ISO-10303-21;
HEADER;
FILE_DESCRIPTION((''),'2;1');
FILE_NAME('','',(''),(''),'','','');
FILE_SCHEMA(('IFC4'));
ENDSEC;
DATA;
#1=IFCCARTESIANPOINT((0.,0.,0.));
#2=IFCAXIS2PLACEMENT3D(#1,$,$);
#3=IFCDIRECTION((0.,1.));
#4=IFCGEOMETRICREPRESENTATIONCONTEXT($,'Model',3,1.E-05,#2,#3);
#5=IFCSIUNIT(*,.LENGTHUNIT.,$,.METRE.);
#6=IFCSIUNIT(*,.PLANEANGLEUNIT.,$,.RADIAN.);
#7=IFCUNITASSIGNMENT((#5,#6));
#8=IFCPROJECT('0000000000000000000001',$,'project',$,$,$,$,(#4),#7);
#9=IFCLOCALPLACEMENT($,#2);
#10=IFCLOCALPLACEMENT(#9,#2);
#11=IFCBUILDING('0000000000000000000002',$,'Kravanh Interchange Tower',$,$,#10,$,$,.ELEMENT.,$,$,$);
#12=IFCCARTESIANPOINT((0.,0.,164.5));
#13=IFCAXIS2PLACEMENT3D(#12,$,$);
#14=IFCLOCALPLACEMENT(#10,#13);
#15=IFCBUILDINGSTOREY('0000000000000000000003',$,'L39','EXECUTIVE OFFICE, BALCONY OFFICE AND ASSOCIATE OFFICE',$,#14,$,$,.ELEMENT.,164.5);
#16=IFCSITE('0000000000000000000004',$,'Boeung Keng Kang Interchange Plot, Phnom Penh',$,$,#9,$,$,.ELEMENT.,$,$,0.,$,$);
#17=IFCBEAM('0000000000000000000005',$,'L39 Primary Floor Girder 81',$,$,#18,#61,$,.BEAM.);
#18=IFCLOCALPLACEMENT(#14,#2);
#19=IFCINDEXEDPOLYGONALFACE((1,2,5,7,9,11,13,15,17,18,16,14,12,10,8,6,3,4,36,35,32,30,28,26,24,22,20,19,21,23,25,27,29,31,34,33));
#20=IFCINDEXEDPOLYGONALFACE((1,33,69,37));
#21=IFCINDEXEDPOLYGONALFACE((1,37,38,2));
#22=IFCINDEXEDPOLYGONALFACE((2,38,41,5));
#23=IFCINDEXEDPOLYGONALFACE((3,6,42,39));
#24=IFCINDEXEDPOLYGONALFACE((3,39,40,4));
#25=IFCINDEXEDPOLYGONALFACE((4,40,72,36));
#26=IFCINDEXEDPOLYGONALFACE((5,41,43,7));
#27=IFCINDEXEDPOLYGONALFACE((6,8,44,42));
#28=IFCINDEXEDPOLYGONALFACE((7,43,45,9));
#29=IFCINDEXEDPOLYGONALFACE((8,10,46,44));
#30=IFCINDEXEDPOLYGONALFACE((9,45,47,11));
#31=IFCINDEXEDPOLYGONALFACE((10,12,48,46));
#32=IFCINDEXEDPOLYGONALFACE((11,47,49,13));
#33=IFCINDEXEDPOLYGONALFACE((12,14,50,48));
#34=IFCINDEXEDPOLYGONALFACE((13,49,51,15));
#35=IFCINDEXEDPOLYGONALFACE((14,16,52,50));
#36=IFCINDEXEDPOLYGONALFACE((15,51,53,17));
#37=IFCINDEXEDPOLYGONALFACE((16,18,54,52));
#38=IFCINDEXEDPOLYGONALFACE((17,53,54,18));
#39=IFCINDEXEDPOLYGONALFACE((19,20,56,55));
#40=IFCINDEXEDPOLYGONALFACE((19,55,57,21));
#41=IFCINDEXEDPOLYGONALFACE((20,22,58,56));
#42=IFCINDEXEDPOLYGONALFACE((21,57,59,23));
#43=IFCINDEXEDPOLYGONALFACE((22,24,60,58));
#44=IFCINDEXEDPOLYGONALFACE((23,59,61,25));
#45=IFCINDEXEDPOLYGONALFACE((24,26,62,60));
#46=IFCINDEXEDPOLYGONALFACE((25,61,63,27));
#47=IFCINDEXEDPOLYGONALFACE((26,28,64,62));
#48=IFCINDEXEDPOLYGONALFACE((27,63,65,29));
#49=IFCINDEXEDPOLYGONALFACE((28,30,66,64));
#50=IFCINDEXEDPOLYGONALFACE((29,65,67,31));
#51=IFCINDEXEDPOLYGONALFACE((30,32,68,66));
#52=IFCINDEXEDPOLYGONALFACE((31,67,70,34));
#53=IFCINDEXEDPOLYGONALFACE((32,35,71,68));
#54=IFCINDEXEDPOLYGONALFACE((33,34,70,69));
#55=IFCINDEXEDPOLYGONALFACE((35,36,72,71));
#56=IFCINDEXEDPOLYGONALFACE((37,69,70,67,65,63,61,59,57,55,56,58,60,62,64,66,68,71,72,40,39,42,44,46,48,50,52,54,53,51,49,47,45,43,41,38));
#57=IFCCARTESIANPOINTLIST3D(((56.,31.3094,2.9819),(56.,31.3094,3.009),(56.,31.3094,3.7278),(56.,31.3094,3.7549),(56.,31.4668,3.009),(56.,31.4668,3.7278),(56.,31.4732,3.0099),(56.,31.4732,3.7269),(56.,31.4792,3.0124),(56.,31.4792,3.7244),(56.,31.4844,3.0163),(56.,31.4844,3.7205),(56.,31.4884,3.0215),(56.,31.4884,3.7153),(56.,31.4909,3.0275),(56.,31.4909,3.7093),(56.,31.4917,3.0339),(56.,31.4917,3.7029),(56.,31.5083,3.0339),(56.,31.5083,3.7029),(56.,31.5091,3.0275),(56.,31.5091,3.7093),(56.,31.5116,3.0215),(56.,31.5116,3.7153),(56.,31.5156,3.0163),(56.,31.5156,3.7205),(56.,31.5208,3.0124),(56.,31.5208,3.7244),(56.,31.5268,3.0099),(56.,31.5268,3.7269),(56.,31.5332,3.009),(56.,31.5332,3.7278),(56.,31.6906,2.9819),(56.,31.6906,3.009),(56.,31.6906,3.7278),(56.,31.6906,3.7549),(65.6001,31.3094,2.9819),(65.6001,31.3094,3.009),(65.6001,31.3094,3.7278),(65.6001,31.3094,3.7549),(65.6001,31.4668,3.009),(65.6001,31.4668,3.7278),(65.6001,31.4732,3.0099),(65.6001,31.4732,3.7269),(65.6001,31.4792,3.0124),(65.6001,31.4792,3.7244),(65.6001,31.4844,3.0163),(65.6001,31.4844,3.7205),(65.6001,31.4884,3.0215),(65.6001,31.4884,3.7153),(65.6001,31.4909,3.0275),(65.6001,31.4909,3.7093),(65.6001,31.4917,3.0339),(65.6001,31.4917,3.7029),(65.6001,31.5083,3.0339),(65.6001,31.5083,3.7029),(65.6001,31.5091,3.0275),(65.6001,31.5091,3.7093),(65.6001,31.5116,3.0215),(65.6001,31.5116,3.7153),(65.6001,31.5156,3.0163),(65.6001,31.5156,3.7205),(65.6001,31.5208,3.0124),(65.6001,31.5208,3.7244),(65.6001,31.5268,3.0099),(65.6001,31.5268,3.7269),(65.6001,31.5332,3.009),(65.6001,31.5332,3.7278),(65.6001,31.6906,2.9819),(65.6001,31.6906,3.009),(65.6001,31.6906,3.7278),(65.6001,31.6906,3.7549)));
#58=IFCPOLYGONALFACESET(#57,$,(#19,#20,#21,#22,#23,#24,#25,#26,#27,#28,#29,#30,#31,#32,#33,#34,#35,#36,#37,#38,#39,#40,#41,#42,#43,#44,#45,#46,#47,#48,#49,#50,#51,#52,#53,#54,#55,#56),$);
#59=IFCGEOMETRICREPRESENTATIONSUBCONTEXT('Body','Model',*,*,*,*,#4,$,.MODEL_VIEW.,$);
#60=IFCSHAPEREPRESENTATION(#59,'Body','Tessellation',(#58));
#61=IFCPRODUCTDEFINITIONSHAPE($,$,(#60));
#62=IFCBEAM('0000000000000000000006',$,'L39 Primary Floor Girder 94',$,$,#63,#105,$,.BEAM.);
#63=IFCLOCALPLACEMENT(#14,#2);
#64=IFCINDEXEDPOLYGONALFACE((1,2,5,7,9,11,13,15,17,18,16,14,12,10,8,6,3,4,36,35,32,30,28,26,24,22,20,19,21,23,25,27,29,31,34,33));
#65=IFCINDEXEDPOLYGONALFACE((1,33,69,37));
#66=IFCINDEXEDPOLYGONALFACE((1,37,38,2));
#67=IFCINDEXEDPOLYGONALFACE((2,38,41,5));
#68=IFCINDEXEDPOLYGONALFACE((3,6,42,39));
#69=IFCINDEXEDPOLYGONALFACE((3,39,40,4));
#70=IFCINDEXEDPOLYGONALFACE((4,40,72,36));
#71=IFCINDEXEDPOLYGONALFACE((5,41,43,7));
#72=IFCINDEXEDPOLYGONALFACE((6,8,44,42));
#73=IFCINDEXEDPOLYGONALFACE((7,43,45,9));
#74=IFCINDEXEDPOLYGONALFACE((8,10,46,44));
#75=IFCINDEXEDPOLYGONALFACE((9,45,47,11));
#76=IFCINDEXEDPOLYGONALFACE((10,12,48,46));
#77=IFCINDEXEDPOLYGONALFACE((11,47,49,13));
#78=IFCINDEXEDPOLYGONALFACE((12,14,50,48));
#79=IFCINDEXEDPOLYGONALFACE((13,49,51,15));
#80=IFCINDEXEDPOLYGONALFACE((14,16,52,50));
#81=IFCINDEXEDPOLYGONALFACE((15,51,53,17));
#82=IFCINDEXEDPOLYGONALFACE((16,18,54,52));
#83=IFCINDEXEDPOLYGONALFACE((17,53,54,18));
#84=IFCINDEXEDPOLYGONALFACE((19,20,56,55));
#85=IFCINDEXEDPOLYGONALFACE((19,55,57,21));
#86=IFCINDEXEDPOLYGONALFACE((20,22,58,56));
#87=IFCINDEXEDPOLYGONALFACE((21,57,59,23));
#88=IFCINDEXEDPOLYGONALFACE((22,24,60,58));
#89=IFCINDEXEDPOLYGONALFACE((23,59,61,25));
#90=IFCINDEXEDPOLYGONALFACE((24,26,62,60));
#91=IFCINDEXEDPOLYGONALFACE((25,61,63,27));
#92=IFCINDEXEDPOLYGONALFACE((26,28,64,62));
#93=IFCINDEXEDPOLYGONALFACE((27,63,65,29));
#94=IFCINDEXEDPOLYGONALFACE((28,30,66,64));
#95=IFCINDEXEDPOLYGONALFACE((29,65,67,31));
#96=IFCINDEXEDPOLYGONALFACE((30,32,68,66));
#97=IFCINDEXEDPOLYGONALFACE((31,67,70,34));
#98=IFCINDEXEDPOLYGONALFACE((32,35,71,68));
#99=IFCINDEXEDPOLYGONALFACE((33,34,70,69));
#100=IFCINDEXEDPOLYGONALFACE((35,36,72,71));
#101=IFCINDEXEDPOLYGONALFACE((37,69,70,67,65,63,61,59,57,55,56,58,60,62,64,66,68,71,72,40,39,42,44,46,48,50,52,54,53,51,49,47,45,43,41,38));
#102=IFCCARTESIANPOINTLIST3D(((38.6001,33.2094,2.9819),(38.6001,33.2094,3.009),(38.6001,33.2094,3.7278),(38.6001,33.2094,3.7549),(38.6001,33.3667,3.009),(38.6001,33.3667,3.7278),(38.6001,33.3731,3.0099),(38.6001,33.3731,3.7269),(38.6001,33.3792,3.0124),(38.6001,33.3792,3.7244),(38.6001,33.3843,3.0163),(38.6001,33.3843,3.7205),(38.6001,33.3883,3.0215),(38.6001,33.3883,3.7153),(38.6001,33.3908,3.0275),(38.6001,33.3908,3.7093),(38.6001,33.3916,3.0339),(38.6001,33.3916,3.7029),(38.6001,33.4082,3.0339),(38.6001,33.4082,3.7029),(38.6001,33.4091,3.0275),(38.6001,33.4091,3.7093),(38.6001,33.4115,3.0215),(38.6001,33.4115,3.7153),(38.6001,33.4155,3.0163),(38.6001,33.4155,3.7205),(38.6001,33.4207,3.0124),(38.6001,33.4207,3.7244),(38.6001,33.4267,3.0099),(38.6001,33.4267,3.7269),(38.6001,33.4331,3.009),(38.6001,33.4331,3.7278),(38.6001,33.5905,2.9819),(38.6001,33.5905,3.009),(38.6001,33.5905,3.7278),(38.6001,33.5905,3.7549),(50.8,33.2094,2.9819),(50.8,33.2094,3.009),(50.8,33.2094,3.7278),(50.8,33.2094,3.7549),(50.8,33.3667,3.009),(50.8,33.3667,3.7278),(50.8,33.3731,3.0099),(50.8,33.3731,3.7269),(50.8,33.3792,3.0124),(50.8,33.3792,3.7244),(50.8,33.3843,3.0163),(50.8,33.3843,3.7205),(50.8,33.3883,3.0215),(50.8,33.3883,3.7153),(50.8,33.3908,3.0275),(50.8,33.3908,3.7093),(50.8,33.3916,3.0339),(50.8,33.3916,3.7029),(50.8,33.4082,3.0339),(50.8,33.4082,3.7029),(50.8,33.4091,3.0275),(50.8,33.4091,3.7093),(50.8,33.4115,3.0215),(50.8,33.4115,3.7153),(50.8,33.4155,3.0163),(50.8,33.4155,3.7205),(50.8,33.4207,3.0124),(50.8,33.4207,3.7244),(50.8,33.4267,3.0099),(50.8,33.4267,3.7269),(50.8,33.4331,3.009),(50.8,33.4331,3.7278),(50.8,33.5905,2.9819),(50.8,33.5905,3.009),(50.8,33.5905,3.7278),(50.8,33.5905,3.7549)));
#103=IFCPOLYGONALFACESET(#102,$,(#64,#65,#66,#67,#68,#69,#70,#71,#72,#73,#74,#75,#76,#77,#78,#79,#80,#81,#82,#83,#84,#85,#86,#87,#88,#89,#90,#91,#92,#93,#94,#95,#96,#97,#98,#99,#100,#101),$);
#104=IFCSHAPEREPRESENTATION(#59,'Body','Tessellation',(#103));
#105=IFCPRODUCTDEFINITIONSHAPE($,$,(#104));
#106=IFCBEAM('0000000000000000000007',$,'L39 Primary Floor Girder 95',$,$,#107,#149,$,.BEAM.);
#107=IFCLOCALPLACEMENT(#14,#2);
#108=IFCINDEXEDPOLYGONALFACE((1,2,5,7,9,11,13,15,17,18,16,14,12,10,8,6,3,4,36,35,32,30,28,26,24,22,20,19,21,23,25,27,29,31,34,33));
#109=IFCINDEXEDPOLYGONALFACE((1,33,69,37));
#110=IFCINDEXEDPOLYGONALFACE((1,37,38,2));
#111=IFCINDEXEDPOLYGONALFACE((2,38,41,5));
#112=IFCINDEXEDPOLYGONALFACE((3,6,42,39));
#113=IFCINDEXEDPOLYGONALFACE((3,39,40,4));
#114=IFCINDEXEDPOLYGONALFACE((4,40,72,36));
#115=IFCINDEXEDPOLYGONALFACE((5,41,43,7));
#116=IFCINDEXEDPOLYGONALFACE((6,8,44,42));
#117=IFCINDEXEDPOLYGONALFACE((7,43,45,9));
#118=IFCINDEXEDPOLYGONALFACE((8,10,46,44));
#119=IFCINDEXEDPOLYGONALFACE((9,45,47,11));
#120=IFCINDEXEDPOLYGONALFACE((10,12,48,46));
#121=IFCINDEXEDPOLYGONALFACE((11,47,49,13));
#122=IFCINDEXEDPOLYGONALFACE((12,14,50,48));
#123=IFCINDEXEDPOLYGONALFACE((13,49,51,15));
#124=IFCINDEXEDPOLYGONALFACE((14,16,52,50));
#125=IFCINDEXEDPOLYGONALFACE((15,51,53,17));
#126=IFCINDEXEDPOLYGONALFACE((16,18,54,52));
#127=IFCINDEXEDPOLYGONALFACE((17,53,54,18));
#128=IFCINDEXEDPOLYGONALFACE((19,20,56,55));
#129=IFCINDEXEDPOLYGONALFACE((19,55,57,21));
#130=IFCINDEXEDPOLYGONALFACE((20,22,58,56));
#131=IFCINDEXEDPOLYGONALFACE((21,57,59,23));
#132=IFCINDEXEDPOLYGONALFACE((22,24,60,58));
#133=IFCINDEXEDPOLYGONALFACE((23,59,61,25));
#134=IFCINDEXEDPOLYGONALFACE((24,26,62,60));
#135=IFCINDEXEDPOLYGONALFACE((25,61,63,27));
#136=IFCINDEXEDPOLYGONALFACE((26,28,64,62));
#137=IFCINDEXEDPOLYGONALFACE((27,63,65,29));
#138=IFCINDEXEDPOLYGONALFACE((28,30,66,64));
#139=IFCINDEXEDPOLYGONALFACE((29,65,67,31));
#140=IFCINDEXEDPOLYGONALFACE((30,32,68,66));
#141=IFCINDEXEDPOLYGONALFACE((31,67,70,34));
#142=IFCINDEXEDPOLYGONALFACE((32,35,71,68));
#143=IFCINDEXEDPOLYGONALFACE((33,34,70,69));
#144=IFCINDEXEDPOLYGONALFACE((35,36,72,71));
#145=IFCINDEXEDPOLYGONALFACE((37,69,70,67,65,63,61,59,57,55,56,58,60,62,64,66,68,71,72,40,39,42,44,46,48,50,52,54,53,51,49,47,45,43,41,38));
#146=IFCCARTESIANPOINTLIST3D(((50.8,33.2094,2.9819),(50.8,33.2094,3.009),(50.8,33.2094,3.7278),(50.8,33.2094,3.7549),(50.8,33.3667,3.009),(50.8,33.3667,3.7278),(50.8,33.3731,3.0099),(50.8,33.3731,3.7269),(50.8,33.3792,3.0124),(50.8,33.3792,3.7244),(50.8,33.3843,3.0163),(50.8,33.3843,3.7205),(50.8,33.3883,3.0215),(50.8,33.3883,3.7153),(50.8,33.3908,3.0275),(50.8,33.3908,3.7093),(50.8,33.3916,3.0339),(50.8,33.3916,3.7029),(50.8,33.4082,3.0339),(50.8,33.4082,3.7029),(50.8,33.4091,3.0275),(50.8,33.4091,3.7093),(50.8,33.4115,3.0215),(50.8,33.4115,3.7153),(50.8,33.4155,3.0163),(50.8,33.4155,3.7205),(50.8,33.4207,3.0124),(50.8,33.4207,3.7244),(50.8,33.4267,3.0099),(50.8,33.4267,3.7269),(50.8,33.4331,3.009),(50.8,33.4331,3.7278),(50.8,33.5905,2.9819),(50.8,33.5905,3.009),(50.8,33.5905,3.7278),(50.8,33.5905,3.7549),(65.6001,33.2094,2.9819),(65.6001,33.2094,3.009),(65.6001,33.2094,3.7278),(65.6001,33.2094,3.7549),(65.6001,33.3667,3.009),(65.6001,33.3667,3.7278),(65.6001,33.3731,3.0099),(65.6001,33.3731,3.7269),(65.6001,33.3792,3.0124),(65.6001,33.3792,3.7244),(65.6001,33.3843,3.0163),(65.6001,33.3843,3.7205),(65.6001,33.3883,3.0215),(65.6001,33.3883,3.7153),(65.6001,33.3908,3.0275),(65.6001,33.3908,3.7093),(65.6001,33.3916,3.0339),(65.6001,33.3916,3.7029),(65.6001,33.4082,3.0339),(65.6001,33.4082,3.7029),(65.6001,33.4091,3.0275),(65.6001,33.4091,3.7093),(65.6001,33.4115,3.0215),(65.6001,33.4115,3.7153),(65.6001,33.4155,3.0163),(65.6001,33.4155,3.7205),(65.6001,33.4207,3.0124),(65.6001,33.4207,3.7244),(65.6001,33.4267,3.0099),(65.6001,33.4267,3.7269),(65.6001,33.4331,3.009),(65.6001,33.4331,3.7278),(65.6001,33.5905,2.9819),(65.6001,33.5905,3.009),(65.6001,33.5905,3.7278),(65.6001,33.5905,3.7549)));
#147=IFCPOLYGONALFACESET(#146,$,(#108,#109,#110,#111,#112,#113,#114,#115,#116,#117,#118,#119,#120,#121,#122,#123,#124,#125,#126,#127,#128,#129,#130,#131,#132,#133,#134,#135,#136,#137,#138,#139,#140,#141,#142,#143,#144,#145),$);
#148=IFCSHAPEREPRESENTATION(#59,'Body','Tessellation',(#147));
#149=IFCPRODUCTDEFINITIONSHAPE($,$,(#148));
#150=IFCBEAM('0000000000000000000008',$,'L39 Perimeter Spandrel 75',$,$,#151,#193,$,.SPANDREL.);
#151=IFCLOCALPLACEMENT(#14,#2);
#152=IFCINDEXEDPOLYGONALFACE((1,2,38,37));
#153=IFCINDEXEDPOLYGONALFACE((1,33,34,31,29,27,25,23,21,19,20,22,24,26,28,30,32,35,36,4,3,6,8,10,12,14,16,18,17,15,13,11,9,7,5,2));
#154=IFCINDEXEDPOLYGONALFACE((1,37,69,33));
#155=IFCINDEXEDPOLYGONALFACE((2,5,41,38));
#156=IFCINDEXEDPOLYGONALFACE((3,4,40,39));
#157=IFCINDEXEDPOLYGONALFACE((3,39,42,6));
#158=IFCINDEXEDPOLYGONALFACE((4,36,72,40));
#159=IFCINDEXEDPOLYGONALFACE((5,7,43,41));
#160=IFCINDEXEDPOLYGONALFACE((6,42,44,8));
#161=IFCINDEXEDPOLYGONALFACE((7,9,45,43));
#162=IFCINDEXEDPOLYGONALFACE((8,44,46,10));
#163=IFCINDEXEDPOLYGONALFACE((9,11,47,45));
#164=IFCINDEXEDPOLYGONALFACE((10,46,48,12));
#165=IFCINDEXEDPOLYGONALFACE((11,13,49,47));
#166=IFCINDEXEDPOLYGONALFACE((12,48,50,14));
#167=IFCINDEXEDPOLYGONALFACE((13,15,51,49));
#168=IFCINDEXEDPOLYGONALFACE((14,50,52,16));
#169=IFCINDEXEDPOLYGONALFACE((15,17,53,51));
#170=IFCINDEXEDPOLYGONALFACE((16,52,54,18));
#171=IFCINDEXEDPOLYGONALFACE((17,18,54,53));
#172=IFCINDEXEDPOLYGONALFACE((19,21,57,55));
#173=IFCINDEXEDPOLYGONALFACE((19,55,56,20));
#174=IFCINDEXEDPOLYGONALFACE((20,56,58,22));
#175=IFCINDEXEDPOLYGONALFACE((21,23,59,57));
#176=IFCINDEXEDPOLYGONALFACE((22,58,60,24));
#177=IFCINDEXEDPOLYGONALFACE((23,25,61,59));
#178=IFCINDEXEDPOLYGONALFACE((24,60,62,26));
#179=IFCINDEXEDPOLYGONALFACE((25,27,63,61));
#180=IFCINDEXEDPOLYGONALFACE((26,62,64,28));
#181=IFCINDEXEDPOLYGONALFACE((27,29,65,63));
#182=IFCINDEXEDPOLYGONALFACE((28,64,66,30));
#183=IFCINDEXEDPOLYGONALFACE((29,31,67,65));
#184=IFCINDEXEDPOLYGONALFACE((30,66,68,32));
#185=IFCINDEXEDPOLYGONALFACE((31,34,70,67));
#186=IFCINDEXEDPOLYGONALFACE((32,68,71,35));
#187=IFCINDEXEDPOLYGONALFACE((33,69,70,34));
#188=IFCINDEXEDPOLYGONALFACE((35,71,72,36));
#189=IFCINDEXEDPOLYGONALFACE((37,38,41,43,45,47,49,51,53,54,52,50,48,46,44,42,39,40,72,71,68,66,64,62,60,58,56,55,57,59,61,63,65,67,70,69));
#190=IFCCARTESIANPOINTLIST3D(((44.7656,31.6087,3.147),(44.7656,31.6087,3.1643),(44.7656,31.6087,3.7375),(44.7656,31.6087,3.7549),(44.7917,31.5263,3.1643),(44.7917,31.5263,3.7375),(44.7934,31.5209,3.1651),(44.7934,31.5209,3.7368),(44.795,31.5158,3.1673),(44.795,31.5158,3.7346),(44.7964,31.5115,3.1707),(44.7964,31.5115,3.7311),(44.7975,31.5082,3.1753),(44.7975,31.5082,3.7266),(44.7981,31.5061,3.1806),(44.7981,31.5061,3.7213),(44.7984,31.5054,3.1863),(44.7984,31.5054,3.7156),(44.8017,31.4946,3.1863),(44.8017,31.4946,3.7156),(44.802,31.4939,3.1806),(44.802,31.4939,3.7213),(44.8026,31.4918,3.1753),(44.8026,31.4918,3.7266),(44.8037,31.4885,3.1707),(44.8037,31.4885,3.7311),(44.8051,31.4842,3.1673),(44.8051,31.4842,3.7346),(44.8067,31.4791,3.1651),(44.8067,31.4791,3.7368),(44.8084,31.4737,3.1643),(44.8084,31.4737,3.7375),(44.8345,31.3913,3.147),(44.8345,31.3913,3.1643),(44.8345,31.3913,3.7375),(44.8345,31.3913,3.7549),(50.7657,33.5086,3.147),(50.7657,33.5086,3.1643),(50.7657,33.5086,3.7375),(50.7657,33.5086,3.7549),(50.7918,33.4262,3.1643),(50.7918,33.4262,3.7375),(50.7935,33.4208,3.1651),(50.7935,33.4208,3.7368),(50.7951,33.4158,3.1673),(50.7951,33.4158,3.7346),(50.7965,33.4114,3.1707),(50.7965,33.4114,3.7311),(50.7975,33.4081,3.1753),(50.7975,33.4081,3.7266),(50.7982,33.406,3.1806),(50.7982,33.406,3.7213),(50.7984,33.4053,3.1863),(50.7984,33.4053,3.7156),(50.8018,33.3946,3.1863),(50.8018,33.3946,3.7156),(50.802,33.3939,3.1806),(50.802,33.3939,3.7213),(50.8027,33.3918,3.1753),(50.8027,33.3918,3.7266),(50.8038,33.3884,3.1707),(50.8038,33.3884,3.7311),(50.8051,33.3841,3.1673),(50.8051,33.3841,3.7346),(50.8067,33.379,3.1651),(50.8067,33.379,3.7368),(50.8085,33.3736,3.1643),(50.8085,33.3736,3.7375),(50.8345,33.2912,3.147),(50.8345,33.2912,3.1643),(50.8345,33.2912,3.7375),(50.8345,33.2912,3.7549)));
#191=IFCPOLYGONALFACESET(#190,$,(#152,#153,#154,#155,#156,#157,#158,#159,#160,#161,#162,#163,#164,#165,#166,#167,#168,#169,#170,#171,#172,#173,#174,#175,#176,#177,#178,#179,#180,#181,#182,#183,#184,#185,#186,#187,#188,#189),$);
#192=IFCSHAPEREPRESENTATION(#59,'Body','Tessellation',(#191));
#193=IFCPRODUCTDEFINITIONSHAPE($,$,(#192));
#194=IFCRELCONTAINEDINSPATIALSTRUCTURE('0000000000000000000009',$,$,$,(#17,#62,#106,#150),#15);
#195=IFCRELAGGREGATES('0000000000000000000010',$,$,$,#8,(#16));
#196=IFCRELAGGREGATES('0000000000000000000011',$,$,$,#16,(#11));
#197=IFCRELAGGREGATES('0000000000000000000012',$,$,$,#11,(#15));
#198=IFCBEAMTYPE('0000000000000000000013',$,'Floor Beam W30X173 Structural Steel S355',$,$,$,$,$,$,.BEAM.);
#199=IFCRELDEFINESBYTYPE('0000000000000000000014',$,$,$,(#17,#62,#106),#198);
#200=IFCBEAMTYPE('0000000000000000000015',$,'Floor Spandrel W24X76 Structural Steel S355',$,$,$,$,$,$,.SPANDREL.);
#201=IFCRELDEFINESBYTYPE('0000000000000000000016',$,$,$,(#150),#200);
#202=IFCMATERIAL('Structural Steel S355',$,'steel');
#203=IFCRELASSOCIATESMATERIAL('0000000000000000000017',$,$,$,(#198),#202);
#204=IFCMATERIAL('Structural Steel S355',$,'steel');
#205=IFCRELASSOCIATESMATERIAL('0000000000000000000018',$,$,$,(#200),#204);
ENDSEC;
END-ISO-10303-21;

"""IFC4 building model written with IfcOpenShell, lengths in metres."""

from ifc_helpers import new_model, si_unit, direction, frame, origin, origin_2d, place, context, subcontext, project, spatial, i_section, extrude, material, material_profile, profile_set, type_object, element, save


model = new_model("IFC4")

# Units and contexts
model_context = context("Model", 3, precision=1e-05, world=origin(), true_north=direction((0.0, 1.0)))
body_context = subcontext(model_context, "Body", "Model", "MODEL_VIEW")
ifc_project = project(units=[si_unit("LENGTHUNIT", "METRE"), si_unit("PLANEANGLEUNIT", "RADIAN")], contexts=[model_context])

# Site, building, storey
site_placement = place(None, origin())
site = spatial("IfcSite", under=ifc_project, at=site_placement, Name="Boeung Keng Kang Interchange Plot, Phnom Penh", CompositionType="ELEMENT", RefElevation=0.0)
building_placement = place(site_placement, origin())
building = spatial("IfcBuilding", under=site, at=building_placement, Name="Kravanh Interchange Tower", CompositionType="ELEMENT")
storey_placement = place(building_placement, frame((0.0, 0.0, 164.5)))
storey = spatial("IfcBuildingStorey", under=building, at=storey_placement, Name="L39", Description="EXECUTIVE OFFICE, BALCONY OFFICE AND ASSOCIATE OFFICE", CompositionType="ELEMENT", Elevation=164.5)

# Beams
ifc_material_1 = material(Name="Structural Steel S355", Category="steel")
ifc_material_profile_1 = material_profile(ifc_material_1, i_section(OverallWidth=0.3811, OverallDepth=0.7729, WebThickness=0.0166, FlangeThickness=0.0271, FilletRadius=0.0249, at=origin_2d()), Name="W30X173")
ifc_profile_set_1 = profile_set([ifc_material_profile_1], Name="Structural Steel S355")
beam_type_1 = type_object("IfcBeamType", Name="Floor Beam W30X173 Structural Steel S355", PredefinedType="BEAM", material=ifc_profile_set_1)
beam_1_placement = place(storey_placement, frame((56.0, 31.5, 3.3684), z_axis=(1.0, 0.0, 0.0), x_axis=(0.0, 1.0, 0.0)))
element("IfcBeam", 1, at=beam_1_placement, inside=storey, type_object=beam_type_1, Name="L39 Primary Floor Girder 81", PredefinedType="BEAM", context=body_context, shape_type="SweptSolid", body=[
    extrude(i_section(OverallWidth=0.3811, OverallDepth=0.7729, WebThickness=0.0166, FlangeThickness=0.0271, FilletRadius=0.0249, at=origin_2d()), origin(), (0.0, 0.0, 1.0), 9.6001),
])
beam_2_placement = place(storey_placement, frame((38.6001, 33.3999, 3.3684), z_axis=(1.0, 0.0, 0.0), x_axis=(0.0, 1.0, 0.0)))
element("IfcBeam", 2, at=beam_2_placement, inside=storey, type_object=beam_type_1, Name="L39 Primary Floor Girder 94", PredefinedType="BEAM", context=body_context, shape_type="SweptSolid", body=[
    extrude(i_section(OverallWidth=0.3811, OverallDepth=0.7729, WebThickness=0.0166, FlangeThickness=0.0271, FilletRadius=0.0249, at=origin_2d()), origin(), (0.0, 0.0, 1.0), 12.2),
])
beam_3_placement = place(storey_placement, frame((50.8, 33.3999, 3.3684), z_axis=(1.0, 0.0, 0.0), x_axis=(0.0, 1.0, 0.0)))
element("IfcBeam", 3, at=beam_3_placement, inside=storey, type_object=beam_type_1, Name="L39 Primary Floor Girder 95", PredefinedType="BEAM", context=body_context, shape_type="SweptSolid", body=[
    extrude(i_section(OverallWidth=0.3811, OverallDepth=0.7729, WebThickness=0.0166, FlangeThickness=0.0271, FilletRadius=0.0249, at=origin_2d()), origin(), (0.0, 0.0, 1.0), 14.8),
])
ifc_material_2 = material(Name="Structural Steel S355", Category="steel")
ifc_material_profile_2 = material_profile(ifc_material_2, i_section(OverallWidth=0.228, OverallDepth=0.6079, WebThickness=0.0112, FlangeThickness=0.0173, FilletRadius=0.022, at=origin_2d()), Name="W24X76")
ifc_profile_set_2 = profile_set([ifc_material_profile_2], Name="Structural Steel S355")
beam_type_2 = type_object("IfcBeamType", Name="Floor Spandrel W24X76 Structural Steel S355", PredefinedType="SPANDREL", material=ifc_profile_set_2)
beam_4_placement = place(storey_placement, frame((44.8, 31.5, 3.4509), z_axis=(0.953347, 0.301878, 0.0), x_axis=(-0.301878, 0.953347, 0.0)))
element("IfcBeam", 4, at=beam_4_placement, inside=storey, type_object=beam_type_2, Name="L39 Perimeter Spandrel 75", PredefinedType="SPANDREL", context=body_context, shape_type="SweptSolid", body=[
    extrude(i_section(OverallWidth=0.228, OverallDepth=0.6079, WebThickness=0.0112, FlangeThickness=0.0173, FilletRadius=0.022, at=origin_2d()), origin(), (0.0, 0.0, 1.0), 6.2937),
])

save(model, "model.ifc")
